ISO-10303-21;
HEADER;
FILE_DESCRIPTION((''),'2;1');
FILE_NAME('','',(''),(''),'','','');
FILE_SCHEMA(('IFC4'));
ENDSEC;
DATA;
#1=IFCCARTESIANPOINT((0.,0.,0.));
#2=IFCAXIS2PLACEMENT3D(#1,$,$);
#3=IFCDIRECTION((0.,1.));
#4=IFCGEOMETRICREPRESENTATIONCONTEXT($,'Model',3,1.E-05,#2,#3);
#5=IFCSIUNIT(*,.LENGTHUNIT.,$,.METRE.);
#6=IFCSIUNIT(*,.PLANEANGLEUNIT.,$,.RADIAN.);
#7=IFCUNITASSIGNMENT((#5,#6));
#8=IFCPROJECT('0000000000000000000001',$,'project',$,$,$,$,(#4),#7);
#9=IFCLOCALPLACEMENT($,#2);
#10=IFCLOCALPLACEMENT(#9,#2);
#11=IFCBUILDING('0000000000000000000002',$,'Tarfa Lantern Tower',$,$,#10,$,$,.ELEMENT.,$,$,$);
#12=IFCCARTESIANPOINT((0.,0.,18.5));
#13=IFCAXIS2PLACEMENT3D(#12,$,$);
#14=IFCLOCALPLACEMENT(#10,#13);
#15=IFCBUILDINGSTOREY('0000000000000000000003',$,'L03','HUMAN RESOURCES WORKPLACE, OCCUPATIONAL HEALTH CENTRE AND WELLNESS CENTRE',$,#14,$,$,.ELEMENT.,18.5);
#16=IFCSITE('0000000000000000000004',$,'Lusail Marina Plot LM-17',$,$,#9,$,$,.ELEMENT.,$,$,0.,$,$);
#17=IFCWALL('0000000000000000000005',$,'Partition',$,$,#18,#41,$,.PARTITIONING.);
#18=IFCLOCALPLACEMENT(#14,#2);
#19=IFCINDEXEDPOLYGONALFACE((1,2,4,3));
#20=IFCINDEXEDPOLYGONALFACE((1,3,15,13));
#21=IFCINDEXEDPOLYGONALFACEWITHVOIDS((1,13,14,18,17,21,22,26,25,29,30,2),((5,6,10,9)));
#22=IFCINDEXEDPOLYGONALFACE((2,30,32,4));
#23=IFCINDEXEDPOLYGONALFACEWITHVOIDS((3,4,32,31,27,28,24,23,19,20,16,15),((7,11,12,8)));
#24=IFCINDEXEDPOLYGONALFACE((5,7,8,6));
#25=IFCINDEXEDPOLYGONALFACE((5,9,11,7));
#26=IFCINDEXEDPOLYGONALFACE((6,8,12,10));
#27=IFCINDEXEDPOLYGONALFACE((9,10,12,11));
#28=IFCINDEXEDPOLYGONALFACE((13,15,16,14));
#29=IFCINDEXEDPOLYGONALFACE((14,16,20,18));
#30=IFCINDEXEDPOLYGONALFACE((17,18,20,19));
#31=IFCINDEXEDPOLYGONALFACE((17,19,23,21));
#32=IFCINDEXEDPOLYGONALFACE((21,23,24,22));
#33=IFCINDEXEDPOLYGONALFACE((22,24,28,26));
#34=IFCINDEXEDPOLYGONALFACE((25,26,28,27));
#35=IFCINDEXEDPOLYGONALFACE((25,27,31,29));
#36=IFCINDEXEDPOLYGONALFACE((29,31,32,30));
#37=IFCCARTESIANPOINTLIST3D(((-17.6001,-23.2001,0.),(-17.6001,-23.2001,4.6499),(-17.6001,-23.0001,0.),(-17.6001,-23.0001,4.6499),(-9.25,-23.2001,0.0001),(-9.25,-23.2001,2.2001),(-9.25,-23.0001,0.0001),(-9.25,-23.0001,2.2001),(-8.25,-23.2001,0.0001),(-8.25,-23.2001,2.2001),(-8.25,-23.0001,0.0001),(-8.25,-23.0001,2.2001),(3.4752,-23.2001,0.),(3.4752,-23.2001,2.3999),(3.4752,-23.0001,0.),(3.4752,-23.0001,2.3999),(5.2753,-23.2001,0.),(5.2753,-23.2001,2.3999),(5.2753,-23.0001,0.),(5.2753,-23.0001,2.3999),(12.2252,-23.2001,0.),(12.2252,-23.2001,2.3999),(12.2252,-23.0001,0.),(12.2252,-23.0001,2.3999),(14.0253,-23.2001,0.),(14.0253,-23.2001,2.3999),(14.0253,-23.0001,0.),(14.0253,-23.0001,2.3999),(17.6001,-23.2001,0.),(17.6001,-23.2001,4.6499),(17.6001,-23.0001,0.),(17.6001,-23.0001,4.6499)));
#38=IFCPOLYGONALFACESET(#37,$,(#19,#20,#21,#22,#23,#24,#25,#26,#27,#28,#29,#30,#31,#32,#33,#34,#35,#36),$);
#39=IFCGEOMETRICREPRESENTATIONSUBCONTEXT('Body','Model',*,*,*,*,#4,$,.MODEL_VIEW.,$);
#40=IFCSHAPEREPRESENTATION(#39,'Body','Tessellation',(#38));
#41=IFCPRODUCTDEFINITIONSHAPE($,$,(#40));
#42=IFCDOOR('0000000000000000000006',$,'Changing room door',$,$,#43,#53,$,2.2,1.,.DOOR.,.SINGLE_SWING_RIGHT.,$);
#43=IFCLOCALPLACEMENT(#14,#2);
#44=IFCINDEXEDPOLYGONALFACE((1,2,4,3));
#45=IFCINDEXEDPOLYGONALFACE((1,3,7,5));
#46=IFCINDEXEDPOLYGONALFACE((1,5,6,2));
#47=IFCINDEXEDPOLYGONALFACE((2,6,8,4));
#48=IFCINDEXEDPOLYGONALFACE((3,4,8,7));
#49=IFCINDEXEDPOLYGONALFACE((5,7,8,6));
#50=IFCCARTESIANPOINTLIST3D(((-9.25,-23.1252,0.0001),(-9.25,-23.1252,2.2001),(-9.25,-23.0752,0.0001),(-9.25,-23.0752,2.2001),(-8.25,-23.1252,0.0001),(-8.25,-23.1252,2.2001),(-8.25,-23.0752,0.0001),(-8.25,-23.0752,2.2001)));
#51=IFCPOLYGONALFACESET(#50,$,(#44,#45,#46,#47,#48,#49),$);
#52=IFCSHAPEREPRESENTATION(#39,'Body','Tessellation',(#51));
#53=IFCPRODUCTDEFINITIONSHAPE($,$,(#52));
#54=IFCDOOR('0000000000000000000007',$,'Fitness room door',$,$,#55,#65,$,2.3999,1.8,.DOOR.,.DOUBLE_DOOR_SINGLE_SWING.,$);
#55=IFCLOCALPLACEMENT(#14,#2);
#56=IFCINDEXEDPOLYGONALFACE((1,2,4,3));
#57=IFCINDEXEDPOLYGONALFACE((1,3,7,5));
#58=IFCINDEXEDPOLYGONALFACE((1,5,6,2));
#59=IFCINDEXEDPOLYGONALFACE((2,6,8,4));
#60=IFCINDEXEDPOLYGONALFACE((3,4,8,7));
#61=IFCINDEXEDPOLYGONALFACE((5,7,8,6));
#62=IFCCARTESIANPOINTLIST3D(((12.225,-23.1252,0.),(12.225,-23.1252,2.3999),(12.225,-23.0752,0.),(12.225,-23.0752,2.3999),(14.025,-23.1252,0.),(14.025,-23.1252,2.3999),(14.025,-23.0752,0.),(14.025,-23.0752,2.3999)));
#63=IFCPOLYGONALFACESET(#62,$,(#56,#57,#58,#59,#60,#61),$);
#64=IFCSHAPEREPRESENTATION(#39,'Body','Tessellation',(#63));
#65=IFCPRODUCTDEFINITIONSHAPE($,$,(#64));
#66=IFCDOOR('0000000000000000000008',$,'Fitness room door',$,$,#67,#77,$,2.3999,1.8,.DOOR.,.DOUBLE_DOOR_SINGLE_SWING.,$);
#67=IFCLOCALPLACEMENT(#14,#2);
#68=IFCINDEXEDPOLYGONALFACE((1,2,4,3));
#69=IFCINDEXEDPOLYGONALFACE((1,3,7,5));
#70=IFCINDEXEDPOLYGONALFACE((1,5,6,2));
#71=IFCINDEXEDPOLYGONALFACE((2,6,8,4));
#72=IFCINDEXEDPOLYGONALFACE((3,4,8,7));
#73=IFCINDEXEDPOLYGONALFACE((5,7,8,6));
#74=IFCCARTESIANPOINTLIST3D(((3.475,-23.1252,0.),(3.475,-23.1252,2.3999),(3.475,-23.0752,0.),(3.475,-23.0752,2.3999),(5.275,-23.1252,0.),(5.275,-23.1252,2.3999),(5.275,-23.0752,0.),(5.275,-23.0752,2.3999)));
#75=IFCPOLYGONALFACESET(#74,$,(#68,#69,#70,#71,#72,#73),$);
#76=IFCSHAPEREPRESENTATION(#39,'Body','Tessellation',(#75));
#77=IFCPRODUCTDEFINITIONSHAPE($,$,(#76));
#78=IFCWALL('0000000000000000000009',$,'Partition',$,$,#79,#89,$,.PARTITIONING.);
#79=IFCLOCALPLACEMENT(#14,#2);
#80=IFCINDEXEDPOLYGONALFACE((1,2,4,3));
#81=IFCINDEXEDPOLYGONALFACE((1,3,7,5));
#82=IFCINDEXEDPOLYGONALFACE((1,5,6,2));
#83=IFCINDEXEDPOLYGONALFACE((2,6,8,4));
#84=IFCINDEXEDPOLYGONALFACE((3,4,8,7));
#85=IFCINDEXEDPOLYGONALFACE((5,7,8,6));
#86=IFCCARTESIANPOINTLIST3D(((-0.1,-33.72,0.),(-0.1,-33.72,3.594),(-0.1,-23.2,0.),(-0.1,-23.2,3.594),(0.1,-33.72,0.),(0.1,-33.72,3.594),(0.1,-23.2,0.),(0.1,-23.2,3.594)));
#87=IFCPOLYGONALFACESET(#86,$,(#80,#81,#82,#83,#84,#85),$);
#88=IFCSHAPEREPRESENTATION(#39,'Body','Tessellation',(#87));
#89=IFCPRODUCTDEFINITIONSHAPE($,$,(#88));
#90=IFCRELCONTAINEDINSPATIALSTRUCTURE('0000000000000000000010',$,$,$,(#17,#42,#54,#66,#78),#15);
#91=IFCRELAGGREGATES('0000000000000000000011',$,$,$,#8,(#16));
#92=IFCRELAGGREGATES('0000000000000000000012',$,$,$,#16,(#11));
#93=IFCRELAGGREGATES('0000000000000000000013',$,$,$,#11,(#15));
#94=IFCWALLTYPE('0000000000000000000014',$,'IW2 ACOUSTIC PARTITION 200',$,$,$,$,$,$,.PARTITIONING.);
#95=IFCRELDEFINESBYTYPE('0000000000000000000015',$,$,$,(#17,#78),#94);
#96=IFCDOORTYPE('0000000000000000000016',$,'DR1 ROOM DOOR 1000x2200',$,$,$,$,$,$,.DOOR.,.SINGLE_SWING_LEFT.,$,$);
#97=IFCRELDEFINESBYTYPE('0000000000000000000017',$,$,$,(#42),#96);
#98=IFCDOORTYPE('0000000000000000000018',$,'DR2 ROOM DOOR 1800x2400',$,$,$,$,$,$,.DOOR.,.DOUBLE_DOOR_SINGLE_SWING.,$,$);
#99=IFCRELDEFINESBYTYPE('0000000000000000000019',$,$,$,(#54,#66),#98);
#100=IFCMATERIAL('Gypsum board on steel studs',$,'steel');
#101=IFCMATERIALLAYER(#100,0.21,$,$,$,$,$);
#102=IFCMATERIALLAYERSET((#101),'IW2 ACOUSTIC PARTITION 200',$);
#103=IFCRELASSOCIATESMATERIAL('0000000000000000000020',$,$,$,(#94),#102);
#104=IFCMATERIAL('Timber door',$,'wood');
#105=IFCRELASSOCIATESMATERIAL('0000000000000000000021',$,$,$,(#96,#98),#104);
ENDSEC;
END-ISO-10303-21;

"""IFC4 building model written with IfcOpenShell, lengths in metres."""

from ifc_helpers import new_model, si_unit, direction, frame, frame_2d, origin, place, context, subcontext, project, spatial, rectangle, extrude, material, layer, layer_set, type_object, element, fill, save


model = new_model("IFC4")

# Units and contexts
model_context = context("Model", 3, precision=1e-05, world=origin(), true_north=direction((0.0, 1.0)))
body_context = subcontext(model_context, "Body", "Model", "MODEL_VIEW")
ifc_project = project(units=[si_unit("LENGTHUNIT", "METRE"), si_unit("PLANEANGLEUNIT", "RADIAN")], contexts=[model_context])

# Site, building, storey
site_placement = place(None, origin())
site = spatial("IfcSite", under=ifc_project, at=site_placement, Name="Lusail Marina Plot LM-17", CompositionType="ELEMENT", RefElevation=0.0)
building_placement = place(site_placement, origin())
building = spatial("IfcBuilding", under=site, at=building_placement, Name="Tarfa Lantern Tower", CompositionType="ELEMENT")
storey_placement = place(building_placement, frame((0.0, 0.0, 18.5)))
storey = spatial("IfcBuildingStorey", under=building, at=storey_placement, Name="L03", Description="HUMAN RESOURCES WORKPLACE, OCCUPATIONAL HEALTH CENTRE AND WELLNESS CENTRE", CompositionType="ELEMENT", Elevation=18.5)

# Shared definitions
ifc_material_1 = material(Name="Gypsum board on steel studs", Category="steel")
ifc_layer = layer(ifc_material_1, 0.21)
ifc_layer_set = layer_set([ifc_layer], Name="IW2 ACOUSTIC PARTITION 200")
wall_type = type_object("IfcWallType", Name="IW2 ACOUSTIC PARTITION 200", PredefinedType="PARTITIONING", material=ifc_layer_set)

# Wall, openings, doors
wall_1_placement = place(storey_placement, frame((17.6001, -23.1001, 0.0), z_axis=(0.0, 0.0, 1.0), x_axis=(-1.0, 0.0, 0.0)))
wall_1 = element("IfcWall", 1, at=wall_1_placement, inside=storey, type_object=wall_type, Name="Partition", PredefinedType="PARTITIONING", context=body_context, shape_type="SweptSolid", body=[
    extrude(rectangle(XDim=35.2002, YDim=0.2, at=frame_2d((17.6001, 0.0))), origin(), (0.0, 0.0, 1.0), 4.6499),
])
opening_1_placement = place(wall_1_placement, frame((3.575, 0.0, 0.0)))
opening_1 = element("IfcOpeningElement", 2, at=opening_1_placement, cuts=wall_1, PredefinedType="OPENING", context=body_context, shape_type="SweptSolid", body=[
    extrude(rectangle(XDim=1.8, YDim=2.3999, at=frame_2d((0.8999, 1.2))), frame((0.0, 0.1099, 0.0), z_axis=(0.0, -1.0, 0.0), x_axis=(1.0, 0.0, 0.0)), (0.0, 0.0, 1.0), 0.22),
])
opening_2_placement = place(wall_1_placement, frame((12.325, 0.0, 0.0)))
opening_2 = element("IfcOpeningElement", 3, at=opening_2_placement, cuts=wall_1, PredefinedType="OPENING", context=body_context, shape_type="SweptSolid", body=[
    extrude(rectangle(XDim=1.8, YDim=2.3999, at=frame_2d((0.8999, 1.2))), frame((0.0, 0.1099, 0.0), z_axis=(0.0, -1.0, 0.0), x_axis=(1.0, 0.0, 0.0)), (0.0, 0.0, 1.0), 0.22),
])
opening_3_placement = place(wall_1_placement, frame((25.8501, 0.0, 0.0)))
opening_3 = element("IfcOpeningElement", 4, at=opening_3_placement, cuts=wall_1, PredefinedType="OPENING", context=body_context, shape_type="SweptSolid", body=[
    extrude(rectangle(XDim=1.0, YDim=2.2, at=frame_2d((0.5, 1.1001))), frame((0.0, 0.1099, 0.0), z_axis=(0.0, -1.0, 0.0), x_axis=(1.0, 0.0, 0.0)), (0.0, 0.0, 1.0), 0.22),
])
ifc_material_2 = material(Name="Timber door", Category="wood")
door_type_1 = type_object("IfcDoorType", Name="DR1 ROOM DOOR 1000x2200", OperationType="SINGLE_SWING_LEFT", PredefinedType="DOOR", material=ifc_material_2)
door_1_placement = place(opening_3_placement, frame((1.0, 0.0, 0.0), z_axis=(0.0, 0.0, 1.0), x_axis=(-1.0, 0.0, 0.0)))
door_1 = element("IfcDoor", 5, at=door_1_placement, inside=storey, type_object=door_type_1, Name="Changing room door", OperationType="SINGLE_SWING_RIGHT", OverallHeight=2.2, OverallWidth=1.0, PredefinedType="DOOR", context=body_context, shape_type="SweptSolid", body=[
    extrude(rectangle(XDim=1.0, YDim=2.2, at=frame_2d((0.5, 1.1001))), frame((0.0, 0.0249, 0.0), z_axis=(0.0, -1.0, 0.0), x_axis=(1.0, 0.0, 0.0)), (0.0, 0.0, 1.0), 0.05),
])
fill(opening_3, door_1)
door_type_2 = type_object("IfcDoorType", Name="DR2 ROOM DOOR 1800x2400", OperationType="DOUBLE_DOOR_SINGLE_SWING", PredefinedType="DOOR", material=ifc_material_2)
door_2_placement = place(opening_1_placement, frame((1.8, 0.0, 0.0), z_axis=(0.0, 0.0, 1.0), x_axis=(-1.0, 0.0, 0.0)))
door_2 = element("IfcDoor", 6, at=door_2_placement, inside=storey, type_object=door_type_2, Name="Fitness room door", OperationType="DOUBLE_DOOR_SINGLE_SWING", OverallHeight=2.3999, OverallWidth=1.8, PredefinedType="DOOR", context=body_context, shape_type="SweptSolid", body=[
    extrude(rectangle(XDim=1.8, YDim=2.3999, at=frame_2d((0.8999, 1.2))), frame((0.0, 0.0249, 0.0), z_axis=(0.0, -1.0, 0.0), x_axis=(1.0, 0.0, 0.0)), (0.0, 0.0, 1.0), 0.05),
])
fill(opening_1, door_2)
door_3_placement = place(opening_2_placement, frame((1.8, 0.0, 0.0), z_axis=(0.0, 0.0, 1.0), x_axis=(-1.0, 0.0, 0.0)))
door_3 = element("IfcDoor", 7, at=door_3_placement, inside=storey, type_object=door_type_2, Name="Fitness room door", OperationType="DOUBLE_DOOR_SINGLE_SWING", OverallHeight=2.3999, OverallWidth=1.8, PredefinedType="DOOR", context=body_context, shape_type="SweptSolid", body=[
    extrude(rectangle(XDim=1.8, YDim=2.3999, at=frame_2d((0.8999, 1.2))), frame((0.0, 0.0249, 0.0), z_axis=(0.0, -1.0, 0.0), x_axis=(1.0, 0.0, 0.0)), (0.0, 0.0, 1.0), 0.05),
])
fill(opening_2, door_3)

# Wall
wall_2_placement = place(storey_placement, frame((0.0, -23.2, 0.0), z_axis=(0.0, 0.0, 1.0), x_axis=(0.0, -1.0, 0.0)))
element("IfcWall", 8, at=wall_2_placement, inside=storey, type_object=wall_type, Name="Partition", PredefinedType="PARTITIONING", context=body_context, shape_type="SweptSolid", body=[
    extrude(rectangle(XDim=10.52, YDim=0.2, at=frame_2d((5.26, 0.0))), origin(), (0.0, 0.0, 1.0), 3.594),
])

save(model, "model.ifc")
